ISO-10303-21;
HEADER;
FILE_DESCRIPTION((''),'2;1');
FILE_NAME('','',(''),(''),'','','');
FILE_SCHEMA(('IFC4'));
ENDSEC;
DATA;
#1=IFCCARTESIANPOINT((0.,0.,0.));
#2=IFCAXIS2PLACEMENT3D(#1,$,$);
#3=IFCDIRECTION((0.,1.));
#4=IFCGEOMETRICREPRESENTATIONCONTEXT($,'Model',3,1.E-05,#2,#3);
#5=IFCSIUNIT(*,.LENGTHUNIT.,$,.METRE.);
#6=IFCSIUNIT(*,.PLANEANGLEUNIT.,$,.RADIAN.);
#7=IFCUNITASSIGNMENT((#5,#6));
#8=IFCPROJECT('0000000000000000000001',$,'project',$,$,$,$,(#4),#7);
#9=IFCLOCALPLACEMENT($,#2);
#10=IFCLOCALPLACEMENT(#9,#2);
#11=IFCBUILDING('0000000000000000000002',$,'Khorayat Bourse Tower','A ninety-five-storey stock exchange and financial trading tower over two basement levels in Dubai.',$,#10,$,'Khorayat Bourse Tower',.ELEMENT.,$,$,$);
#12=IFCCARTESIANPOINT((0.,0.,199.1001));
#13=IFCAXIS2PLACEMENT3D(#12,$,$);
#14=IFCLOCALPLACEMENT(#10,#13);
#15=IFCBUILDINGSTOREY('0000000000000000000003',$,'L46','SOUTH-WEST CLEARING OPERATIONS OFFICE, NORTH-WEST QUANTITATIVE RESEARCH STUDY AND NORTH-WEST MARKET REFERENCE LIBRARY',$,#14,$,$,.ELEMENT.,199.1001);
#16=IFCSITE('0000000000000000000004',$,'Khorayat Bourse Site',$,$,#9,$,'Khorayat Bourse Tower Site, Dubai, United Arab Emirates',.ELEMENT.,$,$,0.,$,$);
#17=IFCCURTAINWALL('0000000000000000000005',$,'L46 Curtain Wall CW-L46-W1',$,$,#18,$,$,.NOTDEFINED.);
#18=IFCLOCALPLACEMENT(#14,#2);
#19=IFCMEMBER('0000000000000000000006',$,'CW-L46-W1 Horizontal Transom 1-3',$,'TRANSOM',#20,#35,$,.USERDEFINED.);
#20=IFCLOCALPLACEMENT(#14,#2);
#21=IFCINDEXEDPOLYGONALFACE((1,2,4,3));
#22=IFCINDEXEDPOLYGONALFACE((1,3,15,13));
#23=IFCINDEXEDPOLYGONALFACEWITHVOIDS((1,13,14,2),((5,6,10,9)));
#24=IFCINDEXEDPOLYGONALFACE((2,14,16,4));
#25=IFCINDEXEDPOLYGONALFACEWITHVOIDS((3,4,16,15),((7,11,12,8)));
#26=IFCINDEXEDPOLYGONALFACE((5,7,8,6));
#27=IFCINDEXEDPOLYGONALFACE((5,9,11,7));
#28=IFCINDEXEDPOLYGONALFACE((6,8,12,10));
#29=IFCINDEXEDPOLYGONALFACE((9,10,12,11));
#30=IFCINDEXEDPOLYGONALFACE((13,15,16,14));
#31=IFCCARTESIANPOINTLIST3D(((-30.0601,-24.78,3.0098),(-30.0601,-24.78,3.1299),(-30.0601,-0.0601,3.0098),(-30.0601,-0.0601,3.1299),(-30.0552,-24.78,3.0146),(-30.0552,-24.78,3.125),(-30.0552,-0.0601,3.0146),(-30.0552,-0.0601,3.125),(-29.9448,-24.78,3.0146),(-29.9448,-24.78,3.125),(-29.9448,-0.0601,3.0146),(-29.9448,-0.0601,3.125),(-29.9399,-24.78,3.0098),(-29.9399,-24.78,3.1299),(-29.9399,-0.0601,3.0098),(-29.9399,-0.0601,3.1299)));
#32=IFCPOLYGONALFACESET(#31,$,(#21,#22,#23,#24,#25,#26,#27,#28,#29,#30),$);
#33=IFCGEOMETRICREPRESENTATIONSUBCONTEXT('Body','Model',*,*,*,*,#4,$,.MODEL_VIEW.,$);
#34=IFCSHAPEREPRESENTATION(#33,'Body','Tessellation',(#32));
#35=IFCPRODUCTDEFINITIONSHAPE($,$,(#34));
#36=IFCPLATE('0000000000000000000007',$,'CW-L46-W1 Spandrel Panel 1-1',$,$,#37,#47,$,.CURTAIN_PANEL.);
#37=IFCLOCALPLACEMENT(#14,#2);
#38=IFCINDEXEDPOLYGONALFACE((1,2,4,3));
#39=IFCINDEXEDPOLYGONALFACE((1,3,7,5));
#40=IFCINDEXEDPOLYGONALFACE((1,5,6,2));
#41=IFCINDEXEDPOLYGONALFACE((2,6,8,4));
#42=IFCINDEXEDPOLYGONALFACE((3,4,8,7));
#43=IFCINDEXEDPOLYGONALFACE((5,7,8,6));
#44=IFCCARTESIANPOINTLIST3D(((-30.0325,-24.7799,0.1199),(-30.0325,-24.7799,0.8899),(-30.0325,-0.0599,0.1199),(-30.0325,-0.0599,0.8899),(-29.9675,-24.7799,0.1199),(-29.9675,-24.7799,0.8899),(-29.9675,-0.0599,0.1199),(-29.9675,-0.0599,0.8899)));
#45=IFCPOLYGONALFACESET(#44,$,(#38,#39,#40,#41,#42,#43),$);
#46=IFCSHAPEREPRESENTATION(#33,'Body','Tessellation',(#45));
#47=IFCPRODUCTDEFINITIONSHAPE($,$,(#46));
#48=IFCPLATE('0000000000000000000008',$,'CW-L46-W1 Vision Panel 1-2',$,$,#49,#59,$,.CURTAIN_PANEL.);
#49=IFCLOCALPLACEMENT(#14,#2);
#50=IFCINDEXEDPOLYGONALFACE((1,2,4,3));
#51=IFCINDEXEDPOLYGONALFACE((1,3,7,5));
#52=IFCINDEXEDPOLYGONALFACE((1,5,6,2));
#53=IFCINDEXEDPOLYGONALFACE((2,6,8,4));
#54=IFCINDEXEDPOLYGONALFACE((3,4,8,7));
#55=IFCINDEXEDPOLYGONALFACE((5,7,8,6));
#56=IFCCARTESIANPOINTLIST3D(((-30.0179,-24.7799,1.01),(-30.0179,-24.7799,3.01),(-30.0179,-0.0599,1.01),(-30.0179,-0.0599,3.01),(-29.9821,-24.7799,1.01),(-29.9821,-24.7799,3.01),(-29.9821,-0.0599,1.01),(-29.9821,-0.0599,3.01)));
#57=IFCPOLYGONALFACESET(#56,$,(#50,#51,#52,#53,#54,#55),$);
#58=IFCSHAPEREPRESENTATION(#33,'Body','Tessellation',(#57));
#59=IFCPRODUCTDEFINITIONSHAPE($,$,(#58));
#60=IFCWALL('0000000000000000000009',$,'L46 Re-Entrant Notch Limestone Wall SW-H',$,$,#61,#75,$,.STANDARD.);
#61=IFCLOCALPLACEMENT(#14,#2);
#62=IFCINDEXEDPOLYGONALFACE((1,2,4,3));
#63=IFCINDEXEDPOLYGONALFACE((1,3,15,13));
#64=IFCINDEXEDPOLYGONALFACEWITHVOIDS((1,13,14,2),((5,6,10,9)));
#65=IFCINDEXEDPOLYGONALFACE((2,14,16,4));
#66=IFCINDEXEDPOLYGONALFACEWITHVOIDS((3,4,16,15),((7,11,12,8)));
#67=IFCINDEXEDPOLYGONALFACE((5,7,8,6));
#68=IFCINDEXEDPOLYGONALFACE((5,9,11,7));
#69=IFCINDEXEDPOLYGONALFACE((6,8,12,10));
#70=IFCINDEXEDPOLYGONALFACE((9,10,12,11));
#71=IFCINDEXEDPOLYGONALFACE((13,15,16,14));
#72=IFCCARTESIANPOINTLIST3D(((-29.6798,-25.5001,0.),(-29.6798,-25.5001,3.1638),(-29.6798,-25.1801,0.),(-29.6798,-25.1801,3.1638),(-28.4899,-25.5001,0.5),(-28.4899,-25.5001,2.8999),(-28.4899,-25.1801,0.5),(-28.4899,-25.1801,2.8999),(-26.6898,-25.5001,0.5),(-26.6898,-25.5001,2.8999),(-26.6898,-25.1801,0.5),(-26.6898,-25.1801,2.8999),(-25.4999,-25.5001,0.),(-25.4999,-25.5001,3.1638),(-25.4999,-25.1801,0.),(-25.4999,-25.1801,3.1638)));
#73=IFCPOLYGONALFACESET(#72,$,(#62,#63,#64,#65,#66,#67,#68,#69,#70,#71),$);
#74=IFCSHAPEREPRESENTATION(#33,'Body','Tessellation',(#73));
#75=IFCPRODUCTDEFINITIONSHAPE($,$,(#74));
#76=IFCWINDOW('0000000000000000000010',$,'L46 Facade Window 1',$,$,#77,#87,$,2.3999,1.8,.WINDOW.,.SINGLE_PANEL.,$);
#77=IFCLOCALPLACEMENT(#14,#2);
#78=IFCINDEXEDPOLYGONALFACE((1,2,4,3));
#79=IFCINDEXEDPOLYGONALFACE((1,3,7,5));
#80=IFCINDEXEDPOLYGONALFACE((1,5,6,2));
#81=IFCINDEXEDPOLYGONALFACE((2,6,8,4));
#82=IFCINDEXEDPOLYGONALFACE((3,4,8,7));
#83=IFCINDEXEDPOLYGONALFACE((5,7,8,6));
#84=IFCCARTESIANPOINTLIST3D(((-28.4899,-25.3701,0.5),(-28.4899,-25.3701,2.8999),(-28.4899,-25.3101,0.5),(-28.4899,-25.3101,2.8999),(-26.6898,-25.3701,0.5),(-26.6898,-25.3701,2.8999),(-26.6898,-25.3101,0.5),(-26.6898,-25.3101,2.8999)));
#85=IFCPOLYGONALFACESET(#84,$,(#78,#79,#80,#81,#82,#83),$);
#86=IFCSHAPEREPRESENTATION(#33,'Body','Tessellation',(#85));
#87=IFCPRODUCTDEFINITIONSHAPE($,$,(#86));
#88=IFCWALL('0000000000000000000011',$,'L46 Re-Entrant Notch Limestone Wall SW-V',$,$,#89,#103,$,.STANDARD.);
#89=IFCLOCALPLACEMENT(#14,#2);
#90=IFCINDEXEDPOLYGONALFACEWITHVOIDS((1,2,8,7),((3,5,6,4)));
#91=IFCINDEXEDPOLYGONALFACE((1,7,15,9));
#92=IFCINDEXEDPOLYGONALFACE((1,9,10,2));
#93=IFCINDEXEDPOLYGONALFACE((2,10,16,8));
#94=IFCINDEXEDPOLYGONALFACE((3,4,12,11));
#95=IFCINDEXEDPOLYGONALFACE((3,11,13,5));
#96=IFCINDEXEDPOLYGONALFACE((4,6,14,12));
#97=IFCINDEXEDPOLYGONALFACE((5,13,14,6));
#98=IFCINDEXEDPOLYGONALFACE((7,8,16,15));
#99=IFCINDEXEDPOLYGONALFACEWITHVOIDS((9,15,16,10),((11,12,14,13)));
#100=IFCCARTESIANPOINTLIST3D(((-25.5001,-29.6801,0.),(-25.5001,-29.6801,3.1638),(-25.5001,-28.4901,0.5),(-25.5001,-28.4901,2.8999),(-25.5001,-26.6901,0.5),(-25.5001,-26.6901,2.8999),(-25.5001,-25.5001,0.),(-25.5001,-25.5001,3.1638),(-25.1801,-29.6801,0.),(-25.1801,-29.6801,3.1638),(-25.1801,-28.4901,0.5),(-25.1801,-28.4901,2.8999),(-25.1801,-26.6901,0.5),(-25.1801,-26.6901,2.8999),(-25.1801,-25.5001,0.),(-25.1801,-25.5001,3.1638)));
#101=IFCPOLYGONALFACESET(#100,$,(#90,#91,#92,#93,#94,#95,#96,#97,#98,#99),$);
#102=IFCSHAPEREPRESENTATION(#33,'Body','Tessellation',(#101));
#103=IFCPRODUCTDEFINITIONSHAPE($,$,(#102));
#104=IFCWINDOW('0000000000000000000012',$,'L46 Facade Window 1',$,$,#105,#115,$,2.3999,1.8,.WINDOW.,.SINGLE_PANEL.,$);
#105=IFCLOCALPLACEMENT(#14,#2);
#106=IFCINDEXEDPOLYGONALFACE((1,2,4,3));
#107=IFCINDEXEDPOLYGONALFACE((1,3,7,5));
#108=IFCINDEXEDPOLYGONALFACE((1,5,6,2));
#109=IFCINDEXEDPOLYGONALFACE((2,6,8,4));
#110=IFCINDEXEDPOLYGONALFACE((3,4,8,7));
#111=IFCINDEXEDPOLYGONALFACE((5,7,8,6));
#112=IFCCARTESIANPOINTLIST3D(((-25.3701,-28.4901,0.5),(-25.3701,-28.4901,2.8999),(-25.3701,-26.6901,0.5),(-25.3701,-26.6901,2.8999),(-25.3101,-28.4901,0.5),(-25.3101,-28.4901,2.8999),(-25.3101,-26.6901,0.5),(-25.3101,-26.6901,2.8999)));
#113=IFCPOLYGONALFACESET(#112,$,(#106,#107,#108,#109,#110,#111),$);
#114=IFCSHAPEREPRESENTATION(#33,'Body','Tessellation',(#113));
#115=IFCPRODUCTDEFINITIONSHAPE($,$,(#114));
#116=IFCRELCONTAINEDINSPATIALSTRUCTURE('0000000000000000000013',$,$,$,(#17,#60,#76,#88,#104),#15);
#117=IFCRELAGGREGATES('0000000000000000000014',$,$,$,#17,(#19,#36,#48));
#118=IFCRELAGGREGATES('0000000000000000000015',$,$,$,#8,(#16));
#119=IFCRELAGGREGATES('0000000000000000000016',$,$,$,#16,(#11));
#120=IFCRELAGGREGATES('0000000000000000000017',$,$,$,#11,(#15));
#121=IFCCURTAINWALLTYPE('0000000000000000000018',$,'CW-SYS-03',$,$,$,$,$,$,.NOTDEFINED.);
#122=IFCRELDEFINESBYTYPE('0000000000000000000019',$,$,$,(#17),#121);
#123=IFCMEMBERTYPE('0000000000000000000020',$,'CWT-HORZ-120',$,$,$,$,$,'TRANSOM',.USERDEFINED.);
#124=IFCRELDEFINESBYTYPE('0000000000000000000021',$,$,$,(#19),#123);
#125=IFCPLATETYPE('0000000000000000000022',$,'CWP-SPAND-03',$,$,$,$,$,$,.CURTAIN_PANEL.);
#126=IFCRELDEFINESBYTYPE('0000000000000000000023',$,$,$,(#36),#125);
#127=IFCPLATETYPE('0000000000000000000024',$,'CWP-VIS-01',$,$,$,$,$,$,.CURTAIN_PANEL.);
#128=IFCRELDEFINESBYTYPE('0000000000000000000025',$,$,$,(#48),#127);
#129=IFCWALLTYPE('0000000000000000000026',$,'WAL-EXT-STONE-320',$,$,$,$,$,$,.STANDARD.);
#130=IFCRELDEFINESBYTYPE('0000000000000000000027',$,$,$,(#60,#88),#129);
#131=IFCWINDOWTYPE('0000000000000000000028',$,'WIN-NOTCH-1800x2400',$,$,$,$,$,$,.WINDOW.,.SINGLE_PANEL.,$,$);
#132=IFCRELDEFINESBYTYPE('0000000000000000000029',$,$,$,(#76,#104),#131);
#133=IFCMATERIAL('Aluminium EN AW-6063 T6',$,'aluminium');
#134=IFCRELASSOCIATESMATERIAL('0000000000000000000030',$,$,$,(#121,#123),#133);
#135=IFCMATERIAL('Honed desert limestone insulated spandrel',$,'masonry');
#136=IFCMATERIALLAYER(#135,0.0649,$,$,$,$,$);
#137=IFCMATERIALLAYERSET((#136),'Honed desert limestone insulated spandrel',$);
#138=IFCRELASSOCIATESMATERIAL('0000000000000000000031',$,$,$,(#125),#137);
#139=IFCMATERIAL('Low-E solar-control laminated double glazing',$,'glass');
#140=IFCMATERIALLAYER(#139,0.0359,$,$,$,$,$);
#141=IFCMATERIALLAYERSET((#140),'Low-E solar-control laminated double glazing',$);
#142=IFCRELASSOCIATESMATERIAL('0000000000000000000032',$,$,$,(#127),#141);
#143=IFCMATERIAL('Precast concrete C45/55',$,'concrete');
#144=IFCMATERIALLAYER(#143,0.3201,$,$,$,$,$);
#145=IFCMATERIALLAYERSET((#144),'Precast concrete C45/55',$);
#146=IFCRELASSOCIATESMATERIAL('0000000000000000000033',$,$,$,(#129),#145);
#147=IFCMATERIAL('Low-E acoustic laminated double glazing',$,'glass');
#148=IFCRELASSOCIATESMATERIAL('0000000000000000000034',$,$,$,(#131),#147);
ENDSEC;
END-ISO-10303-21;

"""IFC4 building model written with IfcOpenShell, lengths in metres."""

from ifc_helpers import new_model, si_unit, direction, frame, frame_2d, origin, origin_2d, place, context, subcontext, project, spatial, rectangle, hollow_rectangle, extrude, source, transform, mapped, material, layer, layer_set, material_profile, profile_set, type_object, element, fill, aggregate, save


model = new_model("IFC4")

# Units and contexts
model_context = context("Model", 3, precision=1e-05, world=origin(), true_north=direction((0.0, 1.0)))
body_context = subcontext(model_context, "Body", "Model", "MODEL_VIEW")
ifc_project = project(units=[si_unit("LENGTHUNIT", "METRE"), si_unit("PLANEANGLEUNIT", "RADIAN")], contexts=[model_context])

# Site, building, storey
site_placement = place(None, origin())
site = spatial("IfcSite", under=ifc_project, at=site_placement, Name="Khorayat Bourse Site", LongName="Khorayat Bourse Tower Site, Dubai, United Arab Emirates", CompositionType="ELEMENT", RefElevation=0.0)
building_placement = place(site_placement, origin())
building = spatial("IfcBuilding", under=site, at=building_placement, Name="Khorayat Bourse Tower", Description="A ninety-five-storey stock exchange and financial trading tower over two basement levels in Dubai.", LongName="Khorayat Bourse Tower", CompositionType="ELEMENT")
storey_placement = place(building_placement, frame((0.0, 0.0, 199.1001)))
storey = spatial("IfcBuildingStorey", under=building, at=storey_placement, Name="L46", Description="SOUTH-WEST CLEARING OPERATIONS OFFICE, NORTH-WEST QUANTITATIVE RESEARCH STUDY AND NORTH-WEST MARKET REFERENCE LIBRARY", CompositionType="ELEMENT", Elevation=199.1001)

# Shared definitions
ifc_material_1 = material(Name="Aluminium EN AW-6063 T6", Category="aluminium")
curtain_wall_type = type_object("IfcCurtainWallType", Name="CW-SYS-03", PredefinedType="NOTDEFINED", material=ifc_material_1)

# Curtain wall, member, plates
curtain_wall_1_placement = place(storey_placement, origin())
curtain_wall_1 = element("IfcCurtainWall", 1, at=curtain_wall_1_placement, inside=storey, type_object=curtain_wall_type, Name="L46 Curtain Wall CW-L46-W1", PredefinedType="NOTDEFINED")
ifc_material_profile_1 = material_profile(ifc_material_1, hollow_rectangle(XDim=0.1201, YDim=0.1201, WallThickness=0.0049, at=origin_2d()), Name="ALU 120x120x5")
ifc_profile_set_1 = profile_set([ifc_material_profile_1], Name="Aluminium EN AW-6063 T6")
member_type_1 = type_object("IfcMemberType", Name="CWT-HORZ-120", ElementType="TRANSOM", PredefinedType="USERDEFINED", material=ifc_profile_set_1)
shared_shape_1 = source(origin(), body_context, "Body", "SweptSolid", [
    extrude(hollow_rectangle(XDim=0.1201, YDim=0.1201, WallThickness=0.0049, at=origin_2d()), origin(), (0.0, 0.0, 1.0), 24.72),
])
member_1_placement = place(storey_placement, frame((-30.0, -24.78, 3.0698), z_axis=(0.0, 1.0, 0.0), x_axis=(-1.0, 0.0, 0.0)))
member_1 = element("IfcMember", 2, at=member_1_placement, type_object=member_type_1, Name="CW-L46-W1 Horizontal Transom 1-3", ObjectType="TRANSOM", PredefinedType="USERDEFINED", context=body_context, shape_type="MappedRepresentation", body=[
    mapped(shared_shape_1, transform((0.0, 0.0, 0.0), scale=1.0)),
])
ifc_material_2 = material(Name="Honed desert limestone insulated spandrel", Category="masonry")
ifc_layer_1 = layer(ifc_material_2, 0.0649)
ifc_layer_set_1 = layer_set([ifc_layer_1], Name="Honed desert limestone insulated spandrel")
plate_type_1 = type_object("IfcPlateType", Name="CWP-SPAND-03", PredefinedType="CURTAIN_PANEL", material=ifc_layer_set_1)
shared_shape_2 = source(origin(), body_context, "Body", "SweptSolid", [
    extrude(rectangle(XDim=24.72, YDim=0.0649, at=origin_2d()), origin(), (0.0, 0.0, 1.0), 0.77),
])
plate_1_placement = place(storey_placement, frame((-30.0, -12.4199, 0.1199), z_axis=(0.0, 0.0, 1.0), x_axis=(0.0, 1.0, 0.0)))
plate_1 = element("IfcPlate", 3, at=plate_1_placement, type_object=plate_type_1, Name="CW-L46-W1 Spandrel Panel 1-1", PredefinedType="CURTAIN_PANEL", context=body_context, shape_type="MappedRepresentation", body=[
    mapped(shared_shape_2, transform((0.0, 0.0, 0.0), scale=1.0)),
])
ifc_material_3 = material(Name="Low-E solar-control laminated double glazing", Category="glass")
ifc_layer_2 = layer(ifc_material_3, 0.0359)
ifc_layer_set_2 = layer_set([ifc_layer_2], Name="Low-E solar-control laminated double glazing")
plate_type_2 = type_object("IfcPlateType", Name="CWP-VIS-01", PredefinedType="CURTAIN_PANEL", material=ifc_layer_set_2)
shared_shape_3 = source(origin(), body_context, "Body", "SweptSolid", [
    extrude(rectangle(XDim=24.72, YDim=0.0359, at=origin_2d()), origin(), (0.0, 0.0, 1.0), 2.0),
])
plate_2_placement = place(storey_placement, frame((-30.0, -12.4199, 1.01), z_axis=(0.0, 0.0, 1.0), x_axis=(0.0, 1.0, 0.0)))
plate_2 = element("IfcPlate", 4, at=plate_2_placement, type_object=plate_type_2, Name="CW-L46-W1 Vision Panel 1-2", PredefinedType="CURTAIN_PANEL", context=body_context, shape_type="MappedRepresentation", body=[
    mapped(shared_shape_3, transform((0.0, 0.0, 0.0), scale=1.0)),
])
aggregate(curtain_wall_1, [member_1, plate_1, plate_2])

# Walls, openings, windows
ifc_material_4 = material(Name="Precast concrete C45/55", Category="concrete")
ifc_layer_3 = layer(ifc_material_4, 0.3201)
ifc_layer_set_3 = layer_set([ifc_layer_3], Name="Precast concrete C45/55")
wall_type = type_object("IfcWallType", Name="WAL-EXT-STONE-320", PredefinedType="STANDARD", material=ifc_layer_set_3)
shared_shape_4 = source(origin(), body_context, "Body", "SweptSolid", [
    extrude(rectangle(XDim=4.1799, YDim=0.3201, at=frame_2d((2.0898, 0.0))), origin(), (0.0, 0.0, 1.0), 3.1638),
])
wall_1_placement = place(storey_placement, frame((-25.5, -25.3401, 0.0), z_axis=(0.0, 0.0, 1.0), x_axis=(-1.0, 0.0, 0.0)))
wall_1 = element("IfcWall", 5, at=wall_1_placement, inside=storey, type_object=wall_type, Name="L46 Re-Entrant Notch Limestone Wall SW-H", PredefinedType="STANDARD", context=body_context, shape_type="MappedRepresentation", body=[
    mapped(shared_shape_4, transform((0.0, 0.0, 0.0), scale=1.0)),
])
shared_shape_5 = source(origin(), body_context, "Body", "SweptSolid", [
    extrude(rectangle(XDim=1.8, YDim=2.3999, at=frame_2d((0.8999, 1.2))), frame((0.0, 0.1699, 0.0), z_axis=(0.0, -1.0, 0.0), x_axis=(1.0, 0.0, 0.0)), (0.0, 0.0, 1.0), 0.3401),
])
opening_1_placement = place(wall_1_placement, frame((1.1899, 0.0, 0.5)))
opening_1 = element("IfcOpeningElement", 6, at=opening_1_placement, cuts=wall_1, PredefinedType="OPENING", context=body_context, shape_type="MappedRepresentation", body=[
    mapped(shared_shape_5, transform((0.0, 0.0, 0.0), scale=1.0)),
])
ifc_material_5 = material(Name="Low-E acoustic laminated double glazing", Category="glass")
window_type = type_object("IfcWindowType", Name="WIN-NOTCH-1800x2400", PartitioningType="SINGLE_PANEL", PredefinedType="WINDOW", material=ifc_material_5)
shared_shape_6 = source(origin(), body_context, "Body", "SweptSolid", [
    extrude(rectangle(XDim=1.8, YDim=2.3999, at=frame_2d((0.8999, 1.2))), frame((0.0, 0.03, 0.0), z_axis=(0.0, -1.0, 0.0), x_axis=(1.0, 0.0, 0.0)), (0.0, 0.0, 1.0), 0.0601),
])
window_1_placement = place(opening_1_placement, origin())
window_1 = element("IfcWindow", 7, at=window_1_placement, inside=storey, type_object=window_type, Name="L46 Facade Window 1", OverallHeight=2.3999, OverallWidth=1.8, PartitioningType="SINGLE_PANEL", PredefinedType="WINDOW", context=body_context, shape_type="MappedRepresentation", body=[
    mapped(shared_shape_6, transform((0.0, 0.0, 0.0), scale=1.0)),
])
fill(opening_1, window_1)
wall_2_placement = place(storey_placement, frame((-25.3401, -29.6799, 0.0), z_axis=(0.0, 0.0, 1.0), x_axis=(0.0, 1.0, 0.0)))
wall_2 = element("IfcWall", 8, at=wall_2_placement, inside=storey, type_object=wall_type, Name="L46 Re-Entrant Notch Limestone Wall SW-V", PredefinedType="STANDARD", context=body_context, shape_type="MappedRepresentation", body=[
    mapped(shared_shape_4, transform((0.0, 0.0, 0.0), scale=1.0)),
])
opening_2_placement = place(wall_2_placement, frame((1.1899, 0.0, 0.5)))
opening_2 = element("IfcOpeningElement", 9, at=opening_2_placement, cuts=wall_2, PredefinedType="OPENING", context=body_context, shape_type="MappedRepresentation", body=[
    mapped(shared_shape_5, transform((0.0, 0.0, 0.0), scale=1.0)),
])
window_2_placement = place(opening_2_placement, origin())
window_2 = element("IfcWindow", 10, at=window_2_placement, inside=storey, type_object=window_type, Name="L46 Facade Window 1", OverallHeight=2.3999, OverallWidth=1.8, PartitioningType="SINGLE_PANEL", PredefinedType="WINDOW", context=body_context, shape_type="MappedRepresentation", body=[
    mapped(shared_shape_6, transform((0.0, 0.0, 0.0), scale=1.0)),
])
fill(opening_2, window_2)

save(model, "model.ifc")
